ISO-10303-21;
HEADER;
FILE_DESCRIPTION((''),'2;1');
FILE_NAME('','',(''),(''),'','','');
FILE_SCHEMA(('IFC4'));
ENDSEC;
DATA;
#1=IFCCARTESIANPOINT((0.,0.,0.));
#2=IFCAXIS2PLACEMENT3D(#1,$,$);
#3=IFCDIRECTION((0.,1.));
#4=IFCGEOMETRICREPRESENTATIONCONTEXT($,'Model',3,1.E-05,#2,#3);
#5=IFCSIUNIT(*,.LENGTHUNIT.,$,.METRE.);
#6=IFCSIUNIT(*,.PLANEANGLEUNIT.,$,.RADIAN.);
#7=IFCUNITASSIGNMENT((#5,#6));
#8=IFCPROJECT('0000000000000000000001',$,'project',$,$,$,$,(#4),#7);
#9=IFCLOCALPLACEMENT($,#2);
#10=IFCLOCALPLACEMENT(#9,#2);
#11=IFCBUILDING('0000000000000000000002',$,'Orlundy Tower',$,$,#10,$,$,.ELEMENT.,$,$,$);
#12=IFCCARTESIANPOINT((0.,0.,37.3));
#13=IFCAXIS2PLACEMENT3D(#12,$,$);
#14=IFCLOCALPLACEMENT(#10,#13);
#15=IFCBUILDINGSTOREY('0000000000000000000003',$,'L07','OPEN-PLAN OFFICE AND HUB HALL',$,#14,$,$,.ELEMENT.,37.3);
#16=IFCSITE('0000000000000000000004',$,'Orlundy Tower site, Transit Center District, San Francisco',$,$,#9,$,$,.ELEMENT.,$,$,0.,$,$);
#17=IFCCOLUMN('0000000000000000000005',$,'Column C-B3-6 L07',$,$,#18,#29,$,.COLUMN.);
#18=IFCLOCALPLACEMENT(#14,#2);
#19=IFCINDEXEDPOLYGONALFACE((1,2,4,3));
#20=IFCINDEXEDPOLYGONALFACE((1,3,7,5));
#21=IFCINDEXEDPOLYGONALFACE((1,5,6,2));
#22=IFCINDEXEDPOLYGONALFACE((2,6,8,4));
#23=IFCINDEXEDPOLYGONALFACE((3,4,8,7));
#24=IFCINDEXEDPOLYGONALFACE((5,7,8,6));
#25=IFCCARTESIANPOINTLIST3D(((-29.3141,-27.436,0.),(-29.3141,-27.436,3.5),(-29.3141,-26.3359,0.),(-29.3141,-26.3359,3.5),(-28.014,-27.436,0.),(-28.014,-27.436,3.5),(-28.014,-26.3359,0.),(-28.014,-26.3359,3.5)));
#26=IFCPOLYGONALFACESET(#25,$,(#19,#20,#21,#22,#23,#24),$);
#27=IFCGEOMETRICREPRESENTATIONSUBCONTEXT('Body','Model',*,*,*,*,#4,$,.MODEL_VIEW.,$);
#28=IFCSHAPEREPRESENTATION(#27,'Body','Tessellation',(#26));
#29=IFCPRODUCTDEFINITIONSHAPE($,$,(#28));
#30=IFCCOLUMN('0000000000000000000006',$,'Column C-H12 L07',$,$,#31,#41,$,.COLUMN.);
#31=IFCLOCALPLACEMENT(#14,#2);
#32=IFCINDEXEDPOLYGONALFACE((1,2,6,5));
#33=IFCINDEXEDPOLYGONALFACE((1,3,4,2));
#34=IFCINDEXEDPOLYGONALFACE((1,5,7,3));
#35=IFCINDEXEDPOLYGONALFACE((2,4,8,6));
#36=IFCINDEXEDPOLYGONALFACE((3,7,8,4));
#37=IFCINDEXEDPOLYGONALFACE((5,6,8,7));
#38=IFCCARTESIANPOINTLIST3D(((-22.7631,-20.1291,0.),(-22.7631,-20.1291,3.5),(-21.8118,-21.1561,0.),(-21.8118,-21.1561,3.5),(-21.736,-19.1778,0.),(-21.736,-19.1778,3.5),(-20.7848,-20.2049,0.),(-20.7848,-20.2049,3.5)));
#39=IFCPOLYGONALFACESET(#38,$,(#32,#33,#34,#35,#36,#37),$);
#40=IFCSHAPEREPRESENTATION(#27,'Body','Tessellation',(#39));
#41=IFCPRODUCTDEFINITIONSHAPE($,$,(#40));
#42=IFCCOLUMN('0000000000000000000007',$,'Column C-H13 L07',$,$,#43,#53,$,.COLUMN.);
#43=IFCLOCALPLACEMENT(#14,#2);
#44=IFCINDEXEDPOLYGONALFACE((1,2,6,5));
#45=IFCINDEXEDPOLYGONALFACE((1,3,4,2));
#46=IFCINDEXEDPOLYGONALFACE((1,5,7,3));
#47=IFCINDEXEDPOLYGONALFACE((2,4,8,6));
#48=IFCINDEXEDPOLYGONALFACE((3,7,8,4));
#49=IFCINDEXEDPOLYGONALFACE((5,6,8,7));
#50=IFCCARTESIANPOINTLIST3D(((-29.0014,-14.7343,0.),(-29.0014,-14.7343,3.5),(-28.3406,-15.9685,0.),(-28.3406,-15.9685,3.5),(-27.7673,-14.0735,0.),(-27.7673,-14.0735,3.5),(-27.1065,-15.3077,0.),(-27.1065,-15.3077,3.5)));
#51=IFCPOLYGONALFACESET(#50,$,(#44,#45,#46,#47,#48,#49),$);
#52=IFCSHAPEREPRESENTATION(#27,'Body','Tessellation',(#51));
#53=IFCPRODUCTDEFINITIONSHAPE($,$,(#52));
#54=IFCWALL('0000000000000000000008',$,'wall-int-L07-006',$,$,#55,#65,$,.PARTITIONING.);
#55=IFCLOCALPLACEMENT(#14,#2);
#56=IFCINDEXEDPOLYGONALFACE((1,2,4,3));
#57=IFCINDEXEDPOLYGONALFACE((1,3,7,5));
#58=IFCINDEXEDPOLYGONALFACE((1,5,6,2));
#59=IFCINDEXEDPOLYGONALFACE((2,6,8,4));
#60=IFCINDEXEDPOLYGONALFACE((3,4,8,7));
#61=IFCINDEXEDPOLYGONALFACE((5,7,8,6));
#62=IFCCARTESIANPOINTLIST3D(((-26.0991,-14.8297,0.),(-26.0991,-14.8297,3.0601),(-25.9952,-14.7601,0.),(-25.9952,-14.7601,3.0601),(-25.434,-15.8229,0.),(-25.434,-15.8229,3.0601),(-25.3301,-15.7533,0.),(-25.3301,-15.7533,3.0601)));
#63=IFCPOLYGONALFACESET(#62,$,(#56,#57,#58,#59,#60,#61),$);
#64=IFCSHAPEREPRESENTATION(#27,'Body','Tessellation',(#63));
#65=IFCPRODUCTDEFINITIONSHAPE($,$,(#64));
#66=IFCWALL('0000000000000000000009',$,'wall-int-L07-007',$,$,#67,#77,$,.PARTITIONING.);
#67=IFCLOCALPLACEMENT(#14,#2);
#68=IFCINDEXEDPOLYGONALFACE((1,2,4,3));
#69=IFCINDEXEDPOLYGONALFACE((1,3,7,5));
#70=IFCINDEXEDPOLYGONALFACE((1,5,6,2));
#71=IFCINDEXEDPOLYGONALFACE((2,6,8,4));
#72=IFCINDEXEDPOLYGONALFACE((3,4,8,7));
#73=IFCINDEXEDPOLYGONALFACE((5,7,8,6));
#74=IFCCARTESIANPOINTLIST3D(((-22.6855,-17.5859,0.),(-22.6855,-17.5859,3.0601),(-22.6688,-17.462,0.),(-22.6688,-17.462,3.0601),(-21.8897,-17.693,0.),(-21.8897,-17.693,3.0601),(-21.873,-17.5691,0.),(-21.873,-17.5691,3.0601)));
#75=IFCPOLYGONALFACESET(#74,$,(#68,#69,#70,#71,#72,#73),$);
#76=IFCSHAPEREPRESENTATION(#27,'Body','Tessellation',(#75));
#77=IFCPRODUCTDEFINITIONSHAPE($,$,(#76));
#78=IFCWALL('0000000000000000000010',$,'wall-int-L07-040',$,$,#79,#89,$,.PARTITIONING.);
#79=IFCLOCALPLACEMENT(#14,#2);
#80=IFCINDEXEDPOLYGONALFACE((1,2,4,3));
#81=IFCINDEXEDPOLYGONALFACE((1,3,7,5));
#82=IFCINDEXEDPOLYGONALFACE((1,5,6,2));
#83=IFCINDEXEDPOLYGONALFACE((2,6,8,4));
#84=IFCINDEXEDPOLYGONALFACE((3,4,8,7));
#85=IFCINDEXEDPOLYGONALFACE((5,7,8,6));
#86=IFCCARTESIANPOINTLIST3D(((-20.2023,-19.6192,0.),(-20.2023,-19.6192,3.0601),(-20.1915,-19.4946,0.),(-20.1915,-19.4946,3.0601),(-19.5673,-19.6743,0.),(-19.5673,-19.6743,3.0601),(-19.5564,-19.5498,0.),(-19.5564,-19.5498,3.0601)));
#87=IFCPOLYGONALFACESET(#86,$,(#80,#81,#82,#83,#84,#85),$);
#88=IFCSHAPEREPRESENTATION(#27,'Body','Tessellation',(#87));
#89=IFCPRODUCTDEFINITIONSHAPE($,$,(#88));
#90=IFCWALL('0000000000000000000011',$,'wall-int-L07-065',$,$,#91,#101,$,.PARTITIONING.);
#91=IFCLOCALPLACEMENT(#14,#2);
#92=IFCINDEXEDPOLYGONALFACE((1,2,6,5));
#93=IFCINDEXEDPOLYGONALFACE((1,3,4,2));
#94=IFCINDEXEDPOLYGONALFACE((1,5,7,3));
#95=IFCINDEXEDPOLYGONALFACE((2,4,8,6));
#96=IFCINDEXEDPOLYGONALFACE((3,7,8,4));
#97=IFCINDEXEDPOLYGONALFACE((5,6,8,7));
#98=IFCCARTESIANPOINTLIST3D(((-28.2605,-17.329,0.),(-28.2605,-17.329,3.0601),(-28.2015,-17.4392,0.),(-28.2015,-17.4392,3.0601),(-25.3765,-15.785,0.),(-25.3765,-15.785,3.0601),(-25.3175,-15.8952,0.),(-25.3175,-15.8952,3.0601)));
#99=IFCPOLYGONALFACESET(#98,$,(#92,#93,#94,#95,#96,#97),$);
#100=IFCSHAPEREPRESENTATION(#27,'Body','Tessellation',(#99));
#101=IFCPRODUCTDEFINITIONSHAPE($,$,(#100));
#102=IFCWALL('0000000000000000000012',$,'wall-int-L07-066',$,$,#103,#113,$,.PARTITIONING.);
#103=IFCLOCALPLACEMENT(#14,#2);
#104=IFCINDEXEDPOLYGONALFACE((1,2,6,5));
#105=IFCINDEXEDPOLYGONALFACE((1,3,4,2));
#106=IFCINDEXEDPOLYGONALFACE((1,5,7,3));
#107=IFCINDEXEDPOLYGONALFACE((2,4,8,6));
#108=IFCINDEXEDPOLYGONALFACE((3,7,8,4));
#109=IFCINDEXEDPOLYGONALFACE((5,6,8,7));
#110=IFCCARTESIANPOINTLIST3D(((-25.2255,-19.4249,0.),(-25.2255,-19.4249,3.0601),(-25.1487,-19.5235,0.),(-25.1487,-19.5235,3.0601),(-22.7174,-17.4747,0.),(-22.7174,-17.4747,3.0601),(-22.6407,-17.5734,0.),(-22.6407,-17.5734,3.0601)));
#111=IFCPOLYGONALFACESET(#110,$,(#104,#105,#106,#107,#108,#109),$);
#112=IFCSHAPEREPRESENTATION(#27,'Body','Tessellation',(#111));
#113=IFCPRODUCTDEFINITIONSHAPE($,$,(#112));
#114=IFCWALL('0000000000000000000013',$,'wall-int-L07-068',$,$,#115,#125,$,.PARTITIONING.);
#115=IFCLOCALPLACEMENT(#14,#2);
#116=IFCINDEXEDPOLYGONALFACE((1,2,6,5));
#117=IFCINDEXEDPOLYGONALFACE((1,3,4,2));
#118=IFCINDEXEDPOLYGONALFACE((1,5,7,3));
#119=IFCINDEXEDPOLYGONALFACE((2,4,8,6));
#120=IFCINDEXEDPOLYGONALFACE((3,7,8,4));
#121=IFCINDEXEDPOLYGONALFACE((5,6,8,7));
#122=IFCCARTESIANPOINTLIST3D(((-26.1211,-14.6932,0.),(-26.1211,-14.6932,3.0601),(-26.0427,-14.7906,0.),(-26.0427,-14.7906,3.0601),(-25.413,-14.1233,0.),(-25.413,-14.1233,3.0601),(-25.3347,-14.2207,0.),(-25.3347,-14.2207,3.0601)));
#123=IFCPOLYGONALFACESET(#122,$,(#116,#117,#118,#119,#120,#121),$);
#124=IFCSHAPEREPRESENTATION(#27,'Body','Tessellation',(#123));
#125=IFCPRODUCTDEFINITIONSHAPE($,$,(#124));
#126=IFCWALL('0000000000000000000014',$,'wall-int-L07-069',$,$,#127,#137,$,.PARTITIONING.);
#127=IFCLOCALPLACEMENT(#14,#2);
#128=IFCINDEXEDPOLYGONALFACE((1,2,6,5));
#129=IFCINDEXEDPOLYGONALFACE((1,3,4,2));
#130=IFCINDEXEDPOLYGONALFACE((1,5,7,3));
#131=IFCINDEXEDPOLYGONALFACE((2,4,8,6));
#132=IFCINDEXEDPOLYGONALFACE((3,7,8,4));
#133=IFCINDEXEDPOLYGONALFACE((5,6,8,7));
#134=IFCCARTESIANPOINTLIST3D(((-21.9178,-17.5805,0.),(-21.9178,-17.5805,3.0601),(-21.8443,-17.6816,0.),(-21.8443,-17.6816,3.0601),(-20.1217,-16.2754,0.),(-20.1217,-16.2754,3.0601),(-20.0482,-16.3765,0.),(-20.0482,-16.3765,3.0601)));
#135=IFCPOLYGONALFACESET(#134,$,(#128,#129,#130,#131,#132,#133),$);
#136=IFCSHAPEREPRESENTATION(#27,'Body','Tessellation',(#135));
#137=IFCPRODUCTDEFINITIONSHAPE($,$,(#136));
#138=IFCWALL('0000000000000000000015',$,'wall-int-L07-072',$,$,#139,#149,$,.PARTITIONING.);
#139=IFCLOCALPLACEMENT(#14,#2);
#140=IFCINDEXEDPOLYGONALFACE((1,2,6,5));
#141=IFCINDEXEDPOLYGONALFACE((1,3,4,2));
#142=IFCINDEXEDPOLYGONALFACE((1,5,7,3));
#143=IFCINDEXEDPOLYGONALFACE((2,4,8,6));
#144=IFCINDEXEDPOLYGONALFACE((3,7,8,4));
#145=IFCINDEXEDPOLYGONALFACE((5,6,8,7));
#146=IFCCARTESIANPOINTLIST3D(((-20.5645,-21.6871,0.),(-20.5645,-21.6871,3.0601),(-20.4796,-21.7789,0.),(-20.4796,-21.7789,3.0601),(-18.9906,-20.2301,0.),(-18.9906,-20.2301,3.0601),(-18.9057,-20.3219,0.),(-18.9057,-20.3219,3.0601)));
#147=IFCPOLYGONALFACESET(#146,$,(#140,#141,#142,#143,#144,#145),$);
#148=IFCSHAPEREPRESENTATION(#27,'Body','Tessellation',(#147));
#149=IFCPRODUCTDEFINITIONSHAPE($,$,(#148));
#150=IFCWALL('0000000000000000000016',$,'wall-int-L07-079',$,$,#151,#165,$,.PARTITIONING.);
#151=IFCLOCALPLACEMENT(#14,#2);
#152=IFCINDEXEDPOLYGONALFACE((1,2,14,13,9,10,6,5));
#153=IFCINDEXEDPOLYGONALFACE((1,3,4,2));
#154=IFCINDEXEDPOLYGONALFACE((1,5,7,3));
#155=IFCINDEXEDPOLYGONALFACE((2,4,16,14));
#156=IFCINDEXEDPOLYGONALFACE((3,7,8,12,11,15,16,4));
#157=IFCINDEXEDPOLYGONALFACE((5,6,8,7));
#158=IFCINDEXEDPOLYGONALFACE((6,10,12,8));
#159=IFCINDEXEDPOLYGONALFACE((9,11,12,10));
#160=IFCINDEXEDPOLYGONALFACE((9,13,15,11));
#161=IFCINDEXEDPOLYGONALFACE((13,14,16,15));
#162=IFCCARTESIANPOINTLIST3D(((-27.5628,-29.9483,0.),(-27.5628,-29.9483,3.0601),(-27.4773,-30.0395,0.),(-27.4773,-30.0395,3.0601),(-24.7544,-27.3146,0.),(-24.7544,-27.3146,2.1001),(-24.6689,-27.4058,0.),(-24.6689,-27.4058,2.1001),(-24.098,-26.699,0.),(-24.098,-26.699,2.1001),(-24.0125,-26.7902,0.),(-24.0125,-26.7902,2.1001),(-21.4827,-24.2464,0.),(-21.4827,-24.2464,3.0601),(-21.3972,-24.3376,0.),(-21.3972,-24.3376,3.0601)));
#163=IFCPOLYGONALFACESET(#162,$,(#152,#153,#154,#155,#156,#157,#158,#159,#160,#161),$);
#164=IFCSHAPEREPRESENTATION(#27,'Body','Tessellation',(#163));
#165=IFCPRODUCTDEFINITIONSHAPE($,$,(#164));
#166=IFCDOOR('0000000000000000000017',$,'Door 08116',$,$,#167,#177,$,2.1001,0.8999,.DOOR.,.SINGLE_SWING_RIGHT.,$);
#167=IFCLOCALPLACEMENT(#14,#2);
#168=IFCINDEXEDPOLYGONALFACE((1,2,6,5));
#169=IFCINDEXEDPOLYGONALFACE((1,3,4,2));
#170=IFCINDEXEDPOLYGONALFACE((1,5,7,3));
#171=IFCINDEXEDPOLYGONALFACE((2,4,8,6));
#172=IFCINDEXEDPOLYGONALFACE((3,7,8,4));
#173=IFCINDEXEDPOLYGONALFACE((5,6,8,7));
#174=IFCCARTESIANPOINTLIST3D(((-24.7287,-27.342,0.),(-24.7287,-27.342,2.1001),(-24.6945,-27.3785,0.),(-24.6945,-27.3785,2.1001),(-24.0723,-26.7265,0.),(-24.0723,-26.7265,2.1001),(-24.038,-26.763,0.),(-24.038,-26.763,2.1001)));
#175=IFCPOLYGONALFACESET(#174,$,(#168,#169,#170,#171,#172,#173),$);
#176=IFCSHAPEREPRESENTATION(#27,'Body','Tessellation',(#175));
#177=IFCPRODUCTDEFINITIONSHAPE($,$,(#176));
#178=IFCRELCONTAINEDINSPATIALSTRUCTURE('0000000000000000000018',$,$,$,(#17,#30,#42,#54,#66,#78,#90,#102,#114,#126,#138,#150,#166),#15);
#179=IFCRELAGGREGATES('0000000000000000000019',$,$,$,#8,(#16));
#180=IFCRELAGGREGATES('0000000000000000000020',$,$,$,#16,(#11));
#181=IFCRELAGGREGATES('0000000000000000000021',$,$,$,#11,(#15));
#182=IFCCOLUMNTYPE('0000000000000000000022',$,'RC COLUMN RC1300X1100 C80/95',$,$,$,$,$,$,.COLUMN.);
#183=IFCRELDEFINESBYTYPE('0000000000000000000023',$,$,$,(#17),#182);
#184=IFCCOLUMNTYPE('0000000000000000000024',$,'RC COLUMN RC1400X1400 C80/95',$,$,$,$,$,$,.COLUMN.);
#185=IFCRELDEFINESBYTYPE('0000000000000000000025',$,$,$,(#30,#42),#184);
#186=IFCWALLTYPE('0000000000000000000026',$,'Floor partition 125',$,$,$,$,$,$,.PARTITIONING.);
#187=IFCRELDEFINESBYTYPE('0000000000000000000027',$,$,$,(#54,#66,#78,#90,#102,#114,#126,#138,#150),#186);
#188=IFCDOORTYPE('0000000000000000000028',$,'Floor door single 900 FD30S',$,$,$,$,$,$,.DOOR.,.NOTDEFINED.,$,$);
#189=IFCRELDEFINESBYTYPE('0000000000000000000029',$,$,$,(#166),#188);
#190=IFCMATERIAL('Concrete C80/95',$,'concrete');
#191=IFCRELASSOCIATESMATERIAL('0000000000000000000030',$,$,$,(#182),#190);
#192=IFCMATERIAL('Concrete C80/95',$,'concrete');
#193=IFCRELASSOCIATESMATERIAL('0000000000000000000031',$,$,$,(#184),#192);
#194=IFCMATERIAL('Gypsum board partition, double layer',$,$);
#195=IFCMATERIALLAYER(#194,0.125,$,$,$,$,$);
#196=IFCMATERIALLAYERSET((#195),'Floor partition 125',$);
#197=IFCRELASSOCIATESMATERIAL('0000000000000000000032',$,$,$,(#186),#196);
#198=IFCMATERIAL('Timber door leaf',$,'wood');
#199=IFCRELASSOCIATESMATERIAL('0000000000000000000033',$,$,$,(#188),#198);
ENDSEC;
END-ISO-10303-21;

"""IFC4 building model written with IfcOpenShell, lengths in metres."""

from ifc_helpers import new_model, si_unit, direction, frame, frame_2d, origin, origin_2d, place, context, subcontext, project, spatial, rectangle, extrude, material, layer, layer_set, material_profile, profile_set, type_object, element, fill, save


model = new_model("IFC4")

# Units and contexts
model_context = context("Model", 3, precision=1e-05, world=origin(), true_north=direction((0.0, 1.0)))
body_context = subcontext(model_context, "Body", "Model", "MODEL_VIEW")
ifc_project = project(units=[si_unit("LENGTHUNIT", "METRE"), si_unit("PLANEANGLEUNIT", "RADIAN")], contexts=[model_context])

# Site, building, storey
site_placement = place(None, origin())
site = spatial("IfcSite", under=ifc_project, at=site_placement, Name="Orlundy Tower site, Transit Center District, San Francisco", CompositionType="ELEMENT", RefElevation=0.0)
building_placement = place(site_placement, origin())
building = spatial("IfcBuilding", under=site, at=building_placement, Name="Orlundy Tower", CompositionType="ELEMENT")
storey_placement = place(building_placement, frame((0.0, 0.0, 37.3)))
storey = spatial("IfcBuildingStorey", under=building, at=storey_placement, Name="L07", Description="OPEN-PLAN OFFICE AND HUB HALL", CompositionType="ELEMENT", Elevation=37.3)

# Columns
ifc_material_1 = material(Name="Concrete C80/95", Category="concrete")
ifc_material_profile_1 = material_profile(ifc_material_1, rectangle(XDim=1.3, YDim=1.1001, at=origin_2d()), Name="RC1300X1100")
ifc_profile_set_1 = profile_set([ifc_material_profile_1], Name="Concrete C80/95")
column_type_1 = type_object("IfcColumnType", Name="RC COLUMN RC1300X1100 C80/95", PredefinedType="COLUMN", material=ifc_profile_set_1)
column_placement = place(storey_placement, frame((-28.6641, -26.886, 0.0), z_axis=(0.0, 0.0, 1.0), x_axis=(1.0, 0.0, 0.0)))
element("IfcColumn", 1, at=column_placement, inside=storey, type_object=column_type_1, Name="Column C-B3-6 L07", PredefinedType="COLUMN", context=body_context, shape_type="SweptSolid", body=[
    extrude(rectangle(XDim=1.3, YDim=1.1001, at=origin_2d()), origin(), (0.0, 0.0, 1.0), 3.5),
])
ifc_material_2 = material(Name="Concrete C80/95", Category="concrete")
ifc_material_profile_2 = material_profile(ifc_material_2, rectangle(XDim=1.3999, YDim=1.3999, at=origin_2d()), Name="RC1400X1400")
ifc_profile_set_2 = profile_set([ifc_material_profile_2], Name="Concrete C80/95")
column_type_2 = type_object("IfcColumnType", Name="RC COLUMN RC1400X1400 C80/95", PredefinedType="COLUMN", material=ifc_profile_set_2)
for number, where, z_axis, x_axis, name in (
    (2, (-21.7739, -20.167, 0.0), (0.0, 0.0, 1.0), (-0.733659, -0.679518, 0.0), "Column C-H12 L07"),
    (3, (-28.054, -15.021, 0.0), (0.0, 0.0, 1.0), (-0.881584, -0.472028, 0.0), "Column C-H13 L07"),
):
    element("IfcColumn", number, at=place(storey_placement, frame(where, z_axis=z_axis, x_axis=x_axis)), inside=storey, type_object=column_type_2, Name=name, PredefinedType="COLUMN", context=body_context, shape_type="SweptSolid", body=[
        extrude(rectangle(XDim=1.3999, YDim=1.3999, at=origin_2d()), origin(), (0.0, 0.0, 1.0), 3.5),
    ])

# Walls
ifc_material_3 = material(Name="Gypsum board partition, double layer")
ifc_layer = layer(ifc_material_3, 0.125)
ifc_layer_set = layer_set([ifc_layer], Name="Floor partition 125")
wall_type = type_object("IfcWallType", Name="Floor partition 125", PredefinedType="PARTITIONING", material=ifc_layer_set)
wall_1_placement = place(storey_placement, frame((-25.3821, -15.7881, 0.0), z_axis=(0.0, 0.0, 1.0), x_axis=(-0.556396, 0.830917, 0.0)))
element("IfcWall", 4, at=wall_1_placement, inside=storey, type_object=wall_type, Name="wall-int-L07-006", PredefinedType="PARTITIONING", context=body_context, shape_type="SweptSolid", body=[
    extrude(rectangle(XDim=1.1953, YDim=0.125, at=frame_2d((0.5977, 0.0))), origin(), (0.0, 0.0, 1.0), 3.0601),
])
wall_2_placement = place(storey_placement, frame((-22.677, -17.5239, 0.0), z_axis=(0.0, 0.0, 1.0), x_axis=(0.991054, -0.133458, 0.0)))
element("IfcWall", 5, at=wall_2_placement, inside=storey, type_object=wall_type, Name="wall-int-L07-007", PredefinedType="PARTITIONING", context=body_context, shape_type="SweptSolid", body=[
    extrude(rectangle(XDim=0.803, YDim=0.125, at=frame_2d((0.4014, 0.0))), origin(), (0.0, 0.0, 1.0), 3.0601),
])
wall_3_placement = place(storey_placement, frame((-20.197, -19.5569, 0.0), z_axis=(0.0, 0.0, 1.0), x_axis=(0.996246, -0.086564, 0.0)))
element("IfcWall", 6, at=wall_3_placement, inside=storey, type_object=wall_type, Name="wall-int-L07-040", PredefinedType="PARTITIONING", context=body_context, shape_type="SweptSolid", body=[
    extrude(rectangle(XDim=0.6375, YDim=0.125, at=frame_2d((0.3188, 0.0))), origin(), (0.0, 0.0, 1.0), 3.0601),
])
wall_4_placement = place(storey_placement, frame((-25.3469, -15.8401, 0.0), z_axis=(0.0, 0.0, 1.0), x_axis=(-0.881616, -0.471967, 0.0)))
element("IfcWall", 7, at=wall_4_placement, inside=storey, type_object=wall_type, Name="wall-int-L07-065", PredefinedType="PARTITIONING", context=body_context, shape_type="SweptSolid", body=[
    extrude(rectangle(XDim=3.2712, YDim=0.125, at=frame_2d((1.6357, 0.0))), origin(), (0.0, 0.0, 1.0), 3.0601),
])
wall_5_placement = place(storey_placement, frame((-25.187, -19.4741, 0.0), z_axis=(0.0, 0.0, 1.0), x_axis=(0.789431, 0.61384, 0.0)))
element("IfcWall", 8, at=wall_5_placement, inside=storey, type_object=wall_type, Name="wall-int-L07-066", PredefinedType="PARTITIONING", context=body_context, shape_type="SweptSolid", body=[
    extrude(rectangle(XDim=3.177, YDim=0.125, at=frame_2d((1.5884, 0.0))), origin(), (0.0, 0.0, 1.0), 3.0601),
])
wall_6_placement = place(storey_placement, frame((-26.082, -14.7419, 0.0), z_axis=(0.0, 0.0, 1.0), x_axis=(0.779031, 0.626986, 0.0)))
element("IfcWall", 9, at=wall_6_placement, inside=storey, type_object=wall_type, Name="wall-int-L07-068", PredefinedType="PARTITIONING", context=body_context, shape_type="SweptSolid", body=[
    extrude(rectangle(XDim=0.9089, YDim=0.125, at=frame_2d((0.4546, 0.0))), origin(), (0.0, 0.0, 1.0), 3.0601),
])
wall_7_placement = place(storey_placement, frame((-20.085, -16.3259, 0.0), z_axis=(0.0, 0.0, 1.0), x_axis=(-0.808974, -0.587845, 0.0)))
element("IfcWall", 10, at=wall_7_placement, inside=storey, type_object=wall_type, Name="wall-int-L07-069", PredefinedType="PARTITIONING", context=body_context, shape_type="SweptSolid", body=[
    extrude(rectangle(XDim=2.2202, YDim=0.125, at=frame_2d((1.1101, 0.0))), origin(), (0.0, 0.0, 1.0), 3.0601),
])
wall_8_placement = place(storey_placement, frame((-20.522, -21.7329, 0.0), z_axis=(0.0, 0.0, 1.0), x_axis=(0.733843, 0.67932, 0.0)))
element("IfcWall", 11, at=wall_8_placement, inside=storey, type_object=wall_type, Name="wall-int-L07-072", PredefinedType="PARTITIONING", context=body_context, shape_type="SweptSolid", body=[
    extrude(rectangle(XDim=2.1448, YDim=0.125, at=frame_2d((1.0723, 0.0))), origin(), (0.0, 0.0, 1.0), 3.0601),
])

# Wall, opening, door
wall_9_placement = place(storey_placement, frame((-27.52, -29.9939, 0.0), z_axis=(0.0, 0.0, 1.0), x_axis=(0.729428, 0.684058, 0.0)))
wall_9 = element("IfcWall", 12, at=wall_9_placement, inside=storey, type_object=wall_type, Name="wall-int-L07-079", PredefinedType="PARTITIONING", context=body_context, shape_type="SweptSolid", body=[
    extrude(rectangle(XDim=8.3354, YDim=0.125, at=frame_2d((4.1677, 0.0))), origin(), (0.0, 0.0, 1.0), 3.0601),
])
opening_1_placement = place(wall_9_placement, frame((3.8501, 0.0, 0.0)))
opening_1 = element("IfcOpeningElement", 13, at=opening_1_placement, cuts=wall_9, PredefinedType="OPENING", context=body_context, shape_type="SweptSolid", body=[
    extrude(rectangle(XDim=0.8999, YDim=2.1001, at=frame_2d((0.45, 1.05))), frame((0.0, 0.0725, 0.0), z_axis=(0.0, -1.0, 0.0), x_axis=(1.0, 0.0, 0.0)), (0.0, 0.0, 1.0), 0.145),
])
ifc_material_4 = material(Name="Timber door leaf", Category="wood")
door_type = type_object("IfcDoorType", Name="Floor door single 900 FD30S", OperationType="NOTDEFINED", PredefinedType="DOOR", material=ifc_material_4)
door_1_placement = place(opening_1_placement, origin())
door_1 = element("IfcDoor", 14, at=door_1_placement, inside=storey, type_object=door_type, Name="Door 08116", OperationType="SINGLE_SWING_RIGHT", OverallHeight=2.1001, OverallWidth=0.8999, PredefinedType="DOOR", context=body_context, shape_type="SweptSolid", body=[
    extrude(rectangle(XDim=0.8999, YDim=2.1001, at=frame_2d((0.45, 1.05))), frame((0.0, 0.0249, 0.0), z_axis=(0.0, -1.0, 0.0), x_axis=(1.0, 0.0, 0.0)), (0.0, 0.0, 1.0), 0.05),
])
fill(opening_1, door_1)

save(model, "model.ifc")
